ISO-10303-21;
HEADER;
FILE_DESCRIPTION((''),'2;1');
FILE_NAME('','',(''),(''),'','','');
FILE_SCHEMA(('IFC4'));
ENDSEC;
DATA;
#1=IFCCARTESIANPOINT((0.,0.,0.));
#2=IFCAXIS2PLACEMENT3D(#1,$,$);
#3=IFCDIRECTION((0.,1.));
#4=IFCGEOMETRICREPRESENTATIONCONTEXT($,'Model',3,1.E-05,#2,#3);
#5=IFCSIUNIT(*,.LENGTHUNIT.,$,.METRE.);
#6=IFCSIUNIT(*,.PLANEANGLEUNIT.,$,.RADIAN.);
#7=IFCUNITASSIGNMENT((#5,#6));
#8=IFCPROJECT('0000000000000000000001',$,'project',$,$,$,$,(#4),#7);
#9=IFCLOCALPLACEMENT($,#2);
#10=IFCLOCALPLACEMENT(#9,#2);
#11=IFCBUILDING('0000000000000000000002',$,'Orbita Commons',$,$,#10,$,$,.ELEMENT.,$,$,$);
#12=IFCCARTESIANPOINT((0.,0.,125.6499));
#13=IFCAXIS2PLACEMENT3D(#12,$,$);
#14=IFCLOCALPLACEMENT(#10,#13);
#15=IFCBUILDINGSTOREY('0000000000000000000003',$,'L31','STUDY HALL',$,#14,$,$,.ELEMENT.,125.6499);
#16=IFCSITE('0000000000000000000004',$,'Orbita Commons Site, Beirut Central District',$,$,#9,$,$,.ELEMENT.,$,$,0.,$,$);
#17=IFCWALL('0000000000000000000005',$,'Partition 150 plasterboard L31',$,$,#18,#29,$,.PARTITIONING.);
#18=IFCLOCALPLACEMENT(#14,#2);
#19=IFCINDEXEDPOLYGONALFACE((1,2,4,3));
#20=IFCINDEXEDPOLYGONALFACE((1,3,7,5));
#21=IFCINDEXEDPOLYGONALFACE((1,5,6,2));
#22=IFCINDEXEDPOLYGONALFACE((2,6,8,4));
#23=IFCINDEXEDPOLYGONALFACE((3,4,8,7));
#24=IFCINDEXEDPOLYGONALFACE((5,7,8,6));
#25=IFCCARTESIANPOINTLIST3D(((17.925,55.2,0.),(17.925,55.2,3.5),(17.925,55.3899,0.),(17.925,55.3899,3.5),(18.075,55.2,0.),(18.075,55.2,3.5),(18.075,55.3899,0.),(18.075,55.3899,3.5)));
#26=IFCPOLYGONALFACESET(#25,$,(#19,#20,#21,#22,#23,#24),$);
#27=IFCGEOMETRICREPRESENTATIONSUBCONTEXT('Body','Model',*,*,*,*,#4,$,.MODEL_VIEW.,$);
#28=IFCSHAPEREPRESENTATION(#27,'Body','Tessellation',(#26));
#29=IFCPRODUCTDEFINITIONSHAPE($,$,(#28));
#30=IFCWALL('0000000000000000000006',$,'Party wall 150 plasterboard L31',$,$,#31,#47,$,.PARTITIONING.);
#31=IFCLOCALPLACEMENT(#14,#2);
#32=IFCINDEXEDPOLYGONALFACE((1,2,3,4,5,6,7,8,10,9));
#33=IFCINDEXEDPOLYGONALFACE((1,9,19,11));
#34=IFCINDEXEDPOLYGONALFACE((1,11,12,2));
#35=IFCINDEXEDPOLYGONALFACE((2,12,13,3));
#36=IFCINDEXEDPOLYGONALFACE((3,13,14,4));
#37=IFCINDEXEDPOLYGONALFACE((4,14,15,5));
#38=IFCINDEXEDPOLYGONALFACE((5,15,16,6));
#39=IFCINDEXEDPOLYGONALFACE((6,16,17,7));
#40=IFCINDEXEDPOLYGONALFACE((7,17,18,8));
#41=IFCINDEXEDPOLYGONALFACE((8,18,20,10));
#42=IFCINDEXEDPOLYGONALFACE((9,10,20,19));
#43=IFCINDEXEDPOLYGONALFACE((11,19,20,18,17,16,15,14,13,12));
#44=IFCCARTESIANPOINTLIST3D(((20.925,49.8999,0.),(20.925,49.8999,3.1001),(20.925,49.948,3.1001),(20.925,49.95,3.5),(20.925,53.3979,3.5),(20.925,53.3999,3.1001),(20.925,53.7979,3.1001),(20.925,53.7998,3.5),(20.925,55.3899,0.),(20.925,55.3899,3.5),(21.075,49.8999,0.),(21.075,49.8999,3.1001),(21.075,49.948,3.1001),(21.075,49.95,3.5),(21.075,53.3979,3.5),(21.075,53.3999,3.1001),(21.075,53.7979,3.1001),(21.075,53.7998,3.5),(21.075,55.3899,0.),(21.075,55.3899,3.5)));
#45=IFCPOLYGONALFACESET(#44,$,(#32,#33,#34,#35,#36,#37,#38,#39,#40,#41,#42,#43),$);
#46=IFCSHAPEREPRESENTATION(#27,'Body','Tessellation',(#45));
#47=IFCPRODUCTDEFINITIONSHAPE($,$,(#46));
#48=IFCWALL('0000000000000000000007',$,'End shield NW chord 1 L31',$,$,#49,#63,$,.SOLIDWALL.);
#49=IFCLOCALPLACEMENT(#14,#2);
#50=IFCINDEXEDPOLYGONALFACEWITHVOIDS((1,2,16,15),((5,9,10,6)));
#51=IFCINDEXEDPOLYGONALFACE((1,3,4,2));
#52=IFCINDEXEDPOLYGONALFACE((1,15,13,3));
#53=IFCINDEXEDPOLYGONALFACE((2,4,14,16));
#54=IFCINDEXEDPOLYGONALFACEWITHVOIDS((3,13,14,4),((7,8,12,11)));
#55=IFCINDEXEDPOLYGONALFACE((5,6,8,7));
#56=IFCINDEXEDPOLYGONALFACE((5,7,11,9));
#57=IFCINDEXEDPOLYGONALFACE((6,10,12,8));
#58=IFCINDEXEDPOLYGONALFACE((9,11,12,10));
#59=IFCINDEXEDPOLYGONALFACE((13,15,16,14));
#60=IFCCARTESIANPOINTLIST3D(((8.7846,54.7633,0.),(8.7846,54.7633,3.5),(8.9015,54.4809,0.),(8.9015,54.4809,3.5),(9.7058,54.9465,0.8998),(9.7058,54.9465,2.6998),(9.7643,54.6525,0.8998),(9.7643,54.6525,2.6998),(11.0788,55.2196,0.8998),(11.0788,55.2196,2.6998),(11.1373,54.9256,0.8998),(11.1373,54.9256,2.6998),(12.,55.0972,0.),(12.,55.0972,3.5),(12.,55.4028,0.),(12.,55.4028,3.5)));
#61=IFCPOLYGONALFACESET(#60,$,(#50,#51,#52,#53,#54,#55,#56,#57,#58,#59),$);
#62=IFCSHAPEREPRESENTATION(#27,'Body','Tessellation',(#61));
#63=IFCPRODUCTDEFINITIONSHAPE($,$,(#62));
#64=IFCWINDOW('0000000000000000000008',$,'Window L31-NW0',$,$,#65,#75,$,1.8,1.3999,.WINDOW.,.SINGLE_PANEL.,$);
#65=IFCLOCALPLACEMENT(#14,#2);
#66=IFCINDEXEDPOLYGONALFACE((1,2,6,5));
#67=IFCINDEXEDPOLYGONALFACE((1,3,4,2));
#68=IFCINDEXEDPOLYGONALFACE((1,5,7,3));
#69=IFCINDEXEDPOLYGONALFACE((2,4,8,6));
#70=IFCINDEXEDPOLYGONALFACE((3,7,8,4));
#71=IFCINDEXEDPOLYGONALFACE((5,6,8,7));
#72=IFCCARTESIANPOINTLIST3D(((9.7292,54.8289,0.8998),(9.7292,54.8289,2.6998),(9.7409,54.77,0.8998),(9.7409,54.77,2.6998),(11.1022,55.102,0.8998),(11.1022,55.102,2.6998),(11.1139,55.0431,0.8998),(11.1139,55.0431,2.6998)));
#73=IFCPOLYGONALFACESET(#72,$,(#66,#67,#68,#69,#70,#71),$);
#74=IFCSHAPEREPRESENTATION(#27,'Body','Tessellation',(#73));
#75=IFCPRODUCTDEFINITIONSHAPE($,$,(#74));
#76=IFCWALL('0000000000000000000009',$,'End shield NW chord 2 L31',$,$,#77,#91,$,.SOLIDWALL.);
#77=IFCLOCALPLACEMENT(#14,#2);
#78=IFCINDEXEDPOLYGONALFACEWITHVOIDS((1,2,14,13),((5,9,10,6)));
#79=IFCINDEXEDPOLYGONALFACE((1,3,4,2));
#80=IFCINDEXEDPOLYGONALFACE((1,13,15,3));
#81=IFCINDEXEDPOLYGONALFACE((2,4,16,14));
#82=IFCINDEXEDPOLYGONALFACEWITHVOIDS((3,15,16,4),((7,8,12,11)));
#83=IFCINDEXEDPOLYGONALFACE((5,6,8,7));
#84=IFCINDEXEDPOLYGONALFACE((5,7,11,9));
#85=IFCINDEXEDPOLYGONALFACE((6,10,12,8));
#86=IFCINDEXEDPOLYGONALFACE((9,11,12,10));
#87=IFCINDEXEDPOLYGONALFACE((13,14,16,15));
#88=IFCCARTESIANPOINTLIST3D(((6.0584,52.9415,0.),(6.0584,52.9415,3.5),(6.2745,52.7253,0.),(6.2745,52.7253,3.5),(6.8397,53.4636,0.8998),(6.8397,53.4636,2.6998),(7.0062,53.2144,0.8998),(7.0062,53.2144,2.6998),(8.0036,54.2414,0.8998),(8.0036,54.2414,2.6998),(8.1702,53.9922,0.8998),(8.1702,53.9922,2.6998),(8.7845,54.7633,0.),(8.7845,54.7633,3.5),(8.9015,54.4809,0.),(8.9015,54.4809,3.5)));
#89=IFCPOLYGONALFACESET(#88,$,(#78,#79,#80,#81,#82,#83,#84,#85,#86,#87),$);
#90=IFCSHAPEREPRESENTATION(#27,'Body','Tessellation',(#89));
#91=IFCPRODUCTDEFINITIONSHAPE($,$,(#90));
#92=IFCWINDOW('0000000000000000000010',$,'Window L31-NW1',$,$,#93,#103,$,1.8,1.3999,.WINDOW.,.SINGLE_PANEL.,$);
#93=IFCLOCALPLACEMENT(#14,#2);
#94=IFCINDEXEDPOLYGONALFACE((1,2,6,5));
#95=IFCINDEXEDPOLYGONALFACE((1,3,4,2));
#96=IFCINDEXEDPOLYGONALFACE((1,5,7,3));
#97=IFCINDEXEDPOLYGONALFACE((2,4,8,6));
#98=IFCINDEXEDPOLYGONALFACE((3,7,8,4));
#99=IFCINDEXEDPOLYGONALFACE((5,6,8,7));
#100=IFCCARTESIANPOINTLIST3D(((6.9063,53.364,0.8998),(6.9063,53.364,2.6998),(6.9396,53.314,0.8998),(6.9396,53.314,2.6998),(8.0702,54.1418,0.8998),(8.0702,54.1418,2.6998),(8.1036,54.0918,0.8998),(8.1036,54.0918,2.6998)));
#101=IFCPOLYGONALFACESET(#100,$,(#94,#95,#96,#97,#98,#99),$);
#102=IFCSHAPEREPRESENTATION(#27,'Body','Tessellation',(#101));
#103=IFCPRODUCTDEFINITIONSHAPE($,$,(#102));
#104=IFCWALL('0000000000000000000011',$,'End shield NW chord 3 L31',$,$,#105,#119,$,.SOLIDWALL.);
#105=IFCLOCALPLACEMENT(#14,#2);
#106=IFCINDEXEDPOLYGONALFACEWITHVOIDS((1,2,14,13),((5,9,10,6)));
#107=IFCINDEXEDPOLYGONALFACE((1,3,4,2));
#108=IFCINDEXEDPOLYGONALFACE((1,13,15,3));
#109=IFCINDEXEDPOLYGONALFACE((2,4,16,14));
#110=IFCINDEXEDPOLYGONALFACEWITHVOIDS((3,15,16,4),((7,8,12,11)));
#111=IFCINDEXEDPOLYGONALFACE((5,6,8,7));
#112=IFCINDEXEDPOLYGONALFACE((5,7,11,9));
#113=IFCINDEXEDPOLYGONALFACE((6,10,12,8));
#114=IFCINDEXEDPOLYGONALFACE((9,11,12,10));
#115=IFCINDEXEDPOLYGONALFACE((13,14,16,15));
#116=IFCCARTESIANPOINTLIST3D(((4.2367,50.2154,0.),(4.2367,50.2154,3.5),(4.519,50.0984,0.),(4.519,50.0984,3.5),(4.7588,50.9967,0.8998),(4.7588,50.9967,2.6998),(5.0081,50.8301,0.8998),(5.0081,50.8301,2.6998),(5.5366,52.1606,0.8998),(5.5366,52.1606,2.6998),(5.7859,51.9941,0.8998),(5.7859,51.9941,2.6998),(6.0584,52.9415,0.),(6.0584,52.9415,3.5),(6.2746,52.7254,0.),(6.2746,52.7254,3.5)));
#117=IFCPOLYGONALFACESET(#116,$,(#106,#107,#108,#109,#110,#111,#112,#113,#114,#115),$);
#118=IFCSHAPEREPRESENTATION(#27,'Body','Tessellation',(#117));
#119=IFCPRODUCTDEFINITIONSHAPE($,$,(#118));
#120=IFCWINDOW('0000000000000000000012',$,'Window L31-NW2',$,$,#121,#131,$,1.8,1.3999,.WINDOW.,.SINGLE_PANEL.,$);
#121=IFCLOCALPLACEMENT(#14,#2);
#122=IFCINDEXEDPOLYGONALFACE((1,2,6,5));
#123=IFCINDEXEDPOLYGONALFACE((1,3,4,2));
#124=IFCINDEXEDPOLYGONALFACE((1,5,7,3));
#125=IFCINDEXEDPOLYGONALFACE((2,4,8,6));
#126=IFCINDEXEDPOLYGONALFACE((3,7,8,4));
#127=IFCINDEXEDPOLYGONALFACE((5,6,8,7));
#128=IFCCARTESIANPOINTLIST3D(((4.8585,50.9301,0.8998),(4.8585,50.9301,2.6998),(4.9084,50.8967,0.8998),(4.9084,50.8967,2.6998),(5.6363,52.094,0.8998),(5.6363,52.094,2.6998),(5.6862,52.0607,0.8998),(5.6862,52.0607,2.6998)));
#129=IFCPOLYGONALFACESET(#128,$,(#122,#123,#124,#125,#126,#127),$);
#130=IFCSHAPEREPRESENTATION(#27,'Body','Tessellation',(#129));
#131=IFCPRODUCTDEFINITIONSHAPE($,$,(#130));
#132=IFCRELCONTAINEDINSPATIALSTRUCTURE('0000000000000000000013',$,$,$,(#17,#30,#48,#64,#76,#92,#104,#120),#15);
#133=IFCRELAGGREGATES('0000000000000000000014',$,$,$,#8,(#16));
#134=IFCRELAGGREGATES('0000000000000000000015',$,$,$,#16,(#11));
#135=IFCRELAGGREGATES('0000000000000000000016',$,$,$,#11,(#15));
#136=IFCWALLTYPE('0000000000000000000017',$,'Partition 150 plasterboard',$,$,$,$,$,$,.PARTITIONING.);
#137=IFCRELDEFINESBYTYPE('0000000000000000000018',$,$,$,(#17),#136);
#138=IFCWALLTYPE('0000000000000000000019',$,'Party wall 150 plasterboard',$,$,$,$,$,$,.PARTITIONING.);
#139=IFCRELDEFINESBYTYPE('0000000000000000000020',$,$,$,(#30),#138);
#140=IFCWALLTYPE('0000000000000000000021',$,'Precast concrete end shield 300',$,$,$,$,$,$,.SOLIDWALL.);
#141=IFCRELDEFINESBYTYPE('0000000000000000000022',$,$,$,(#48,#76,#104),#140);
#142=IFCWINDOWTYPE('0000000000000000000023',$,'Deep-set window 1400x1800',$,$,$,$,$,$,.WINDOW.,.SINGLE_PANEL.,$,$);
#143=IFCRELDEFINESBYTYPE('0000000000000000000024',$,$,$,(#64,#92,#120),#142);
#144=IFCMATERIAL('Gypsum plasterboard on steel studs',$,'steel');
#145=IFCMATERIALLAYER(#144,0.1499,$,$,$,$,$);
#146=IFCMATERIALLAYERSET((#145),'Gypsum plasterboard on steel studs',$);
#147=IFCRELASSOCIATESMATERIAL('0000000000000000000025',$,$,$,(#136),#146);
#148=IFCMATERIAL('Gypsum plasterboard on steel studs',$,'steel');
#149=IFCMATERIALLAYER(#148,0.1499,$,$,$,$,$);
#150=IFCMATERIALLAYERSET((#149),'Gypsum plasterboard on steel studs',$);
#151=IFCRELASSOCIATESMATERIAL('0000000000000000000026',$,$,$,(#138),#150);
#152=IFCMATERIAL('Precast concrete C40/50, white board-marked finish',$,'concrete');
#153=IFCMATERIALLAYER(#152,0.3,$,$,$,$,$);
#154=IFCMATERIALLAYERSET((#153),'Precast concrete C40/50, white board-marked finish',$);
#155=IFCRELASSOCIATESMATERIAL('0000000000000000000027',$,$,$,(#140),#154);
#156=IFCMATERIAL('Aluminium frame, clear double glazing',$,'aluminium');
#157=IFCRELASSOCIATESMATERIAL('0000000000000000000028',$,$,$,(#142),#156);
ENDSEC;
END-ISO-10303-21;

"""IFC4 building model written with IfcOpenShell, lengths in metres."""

from ifc_helpers import new_model, si_unit, direction, frame, frame_2d, origin, place, context, subcontext, project, spatial, polyline, rectangle, outline, extrude, material, layer, layer_set, type_object, element, fill, save


model = new_model("IFC4")

# Units and contexts
model_context = context("Model", 3, precision=1e-05, world=origin(), true_north=direction((0.0, 1.0)))
body_context = subcontext(model_context, "Body", "Model", "MODEL_VIEW")
ifc_project = project(units=[si_unit("LENGTHUNIT", "METRE"), si_unit("PLANEANGLEUNIT", "RADIAN")], contexts=[model_context])

# Site, building, storey
site_placement = place(None, origin())
site = spatial("IfcSite", under=ifc_project, at=site_placement, Name="Orbita Commons Site, Beirut Central District", CompositionType="ELEMENT", RefElevation=0.0)
building_placement = place(site_placement, origin())
building = spatial("IfcBuilding", under=site, at=building_placement, Name="Orbita Commons", CompositionType="ELEMENT")
storey_placement = place(building_placement, frame((0.0, 0.0, 125.6499)))
storey = spatial("IfcBuildingStorey", under=building, at=storey_placement, Name="L31", Description="STUDY HALL", CompositionType="ELEMENT", Elevation=125.6499)

# Walls
ifc_material_1 = material(Name="Gypsum plasterboard on steel studs", Category="steel")
ifc_layer_1 = layer(ifc_material_1, 0.1499)
ifc_layer_set_1 = layer_set([ifc_layer_1], Name="Gypsum plasterboard on steel studs")
wall_type_1 = type_object("IfcWallType", Name="Partition 150 plasterboard", PredefinedType="PARTITIONING", material=ifc_layer_set_1)
wall_1_placement = place(storey_placement, frame((18.0, 55.2, 0.0), z_axis=(0.0, 0.0, 1.0), x_axis=(0.0, 1.0, 0.0)))
element("IfcWall", 1, at=wall_1_placement, inside=storey, type_object=wall_type_1, Name="Partition 150 plasterboard L31", PredefinedType="PARTITIONING", context=body_context, shape_type="SweptSolid", body=[
    extrude(rectangle(XDim=0.1899, YDim=0.1499, at=frame_2d((0.095, 0.0))), origin(), (0.0, 0.0, 1.0), 3.5),
])
ifc_material_2 = material(Name="Gypsum plasterboard on steel studs", Category="steel")
ifc_layer_2 = layer(ifc_material_2, 0.1499)
ifc_layer_set_2 = layer_set([ifc_layer_2], Name="Gypsum plasterboard on steel studs")
wall_type_2 = type_object("IfcWallType", Name="Party wall 150 plasterboard", PredefinedType="PARTITIONING", material=ifc_layer_set_2)
wall_2_placement = place(storey_placement, frame((21.0, 55.3899, 0.0), z_axis=(0.0, 0.0, 1.0), x_axis=(0.0, -1.0, 0.0)))
element("IfcWall", 2, at=wall_2_placement, inside=storey, type_object=wall_type_2, Name="Party wall 150 plasterboard L31", PredefinedType="PARTITIONING", context=body_context, shape_type="SweptSolid", body=[
    extrude(outline(polyline([(0.0, 0.0), (5.49, 0.0), (5.49, 3.1001), (5.4419, 3.1001), (5.4399, 3.5), (1.9919, 3.5), (1.99, 3.1001), (1.592, 3.1001), (1.5901, 3.5), (0.0, 3.5), (0.0, 0.0)])), frame((0.0, 0.075, 0.0), z_axis=(0.0, -1.0, 0.0), x_axis=(1.0, 0.0, 0.0)), (0.0, 0.0, 1.0), 0.1499),
])

# Walls, openings, windows
ifc_material_3 = material(Name="Precast concrete C40/50, white board-marked finish", Category="concrete")
ifc_layer_3 = layer(ifc_material_3, 0.3)
ifc_layer_set_3 = layer_set([ifc_layer_3], Name="Precast concrete C40/50, white board-marked finish")
wall_type_3 = type_object("IfcWallType", Name="Precast concrete end shield 300", PredefinedType="SOLIDWALL", material=ifc_layer_set_3)
wall_3_placement = place(storey_placement, frame((12.0, 55.25, 0.0), z_axis=(0.0, 0.0, 1.0), x_axis=(-0.980787, -0.19508, 0.0)))
wall_3 = element("IfcWall", 3, at=wall_3_placement, inside=storey, type_object=wall_type_3, Name="End shield NW chord 1 L31", PredefinedType="SOLIDWALL", context=body_context, shape_type="SweptSolid", body=[
    extrude(outline(polyline([(-0.0298, -0.1499), (3.2485, -0.1499), (3.189, 0.1499), (0.0298, 0.1499), (-0.0298, -0.1499)])), origin(), (0.0, 0.0, 1.0), 3.5),
])
opening_1_placement = place(wall_3_placement, frame((0.9094, 0.0, 0.8999)))
opening_1 = element("IfcOpeningElement", 4, at=opening_1_placement, cuts=wall_3, PredefinedType="OPENING", context=body_context, shape_type="SweptSolid", body=[
    extrude(rectangle(XDim=1.3999, YDim=1.8, at=frame_2d((0.7, 0.8999))), frame((0.0, 0.1599, 0.0), z_axis=(0.0, -1.0, 0.0), x_axis=(1.0, 0.0, 0.0)), (0.0, 0.0, 1.0), 0.3201),
])
ifc_material_4 = material(Name="Aluminium frame, clear double glazing", Category="aluminium")
window_type = type_object("IfcWindowType", Name="Deep-set window 1400x1800", PartitioningType="SINGLE_PANEL", PredefinedType="WINDOW", material=ifc_material_4)
window_1_placement = place(opening_1_placement, origin())
window_1 = element("IfcWindow", 5, at=window_1_placement, inside=storey, type_object=window_type, Name="Window L31-NW0", OverallHeight=1.8, OverallWidth=1.3999, PartitioningType="SINGLE_PANEL", PredefinedType="WINDOW", context=body_context, shape_type="SweptSolid", body=[
    extrude(rectangle(XDim=1.3999, YDim=1.8, at=frame_2d((0.7, 0.8999))), frame((0.0, 0.03, 0.0), z_axis=(0.0, -1.0, 0.0), x_axis=(1.0, 0.0, 0.0)), (0.0, 0.0, 1.0), 0.0601),
])
fill(opening_1, window_1)
wall_4_placement = place(storey_placement, frame((8.843, 54.6221, 0.0), z_axis=(0.0, 0.0, 1.0), x_axis=(-0.831443, -0.55561, 0.0)))
wall_4 = element("IfcWall", 6, at=wall_4_placement, inside=storey, type_object=wall_type_3, Name="End shield NW chord 2 L31", PredefinedType="SOLIDWALL", context=body_context, shape_type="SweptSolid", body=[
    extrude(outline(polyline([(-0.0298, -0.1499), (3.249, -0.1499), (3.1895, 0.1499), (0.0298, 0.1499), (-0.0298, -0.1499)])), origin(), (0.0, 0.0, 1.0), 3.5),
])
opening_2_placement = place(wall_4_placement, frame((0.9094, 0.0, 0.8999)))
opening_2 = element("IfcOpeningElement", 7, at=opening_2_placement, cuts=wall_4, PredefinedType="OPENING", context=body_context, shape_type="SweptSolid", body=[
    extrude(rectangle(XDim=1.3999, YDim=1.8, at=frame_2d((0.7, 0.8999))), frame((0.0, 0.1599, 0.0), z_axis=(0.0, -1.0, 0.0), x_axis=(1.0, 0.0, 0.0)), (0.0, 0.0, 1.0), 0.3201),
])
window_2_placement = place(opening_2_placement, origin())
window_2 = element("IfcWindow", 8, at=window_2_placement, inside=storey, type_object=window_type, Name="Window L31-NW1", OverallHeight=1.8, OverallWidth=1.3999, PartitioningType="SINGLE_PANEL", PredefinedType="WINDOW", context=body_context, shape_type="SweptSolid", body=[
    extrude(rectangle(XDim=1.3999, YDim=1.8, at=frame_2d((0.7, 0.8999))), frame((0.0, 0.03, 0.0), z_axis=(0.0, -1.0, 0.0), x_axis=(1.0, 0.0, 0.0)), (0.0, 0.0, 1.0), 0.0601),
])
fill(opening_2, window_2)
wall_5_placement = place(storey_placement, frame((6.1665, 52.8335, 0.0), z_axis=(0.0, 0.0, 1.0), x_axis=(-0.55561, -0.831443, 0.0)))
wall_5 = element("IfcWall", 9, at=wall_5_placement, inside=storey, type_object=wall_type_3, Name="End shield NW chord 3 L31", PredefinedType="SOLIDWALL", context=body_context, shape_type="SweptSolid", body=[
    extrude(outline(polyline([(-0.0298, -0.1499), (3.249, -0.1499), (3.1895, 0.1499), (0.0298, 0.1499), (-0.0298, -0.1499)])), origin(), (0.0, 0.0, 1.0), 3.5),
])
opening_3_placement = place(wall_5_placement, frame((0.9094, 0.0, 0.8999)))
opening_3 = element("IfcOpeningElement", 10, at=opening_3_placement, cuts=wall_5, PredefinedType="OPENING", context=body_context, shape_type="SweptSolid", body=[
    extrude(rectangle(XDim=1.3999, YDim=1.8, at=frame_2d((0.7, 0.8999))), frame((0.0, 0.1599, 0.0), z_axis=(0.0, -1.0, 0.0), x_axis=(1.0, 0.0, 0.0)), (0.0, 0.0, 1.0), 0.3201),
])
window_3_placement = place(opening_3_placement, origin())
window_3 = element("IfcWindow", 11, at=window_3_placement, inside=storey, type_object=window_type, Name="Window L31-NW2", OverallHeight=1.8, OverallWidth=1.3999, PartitioningType="SINGLE_PANEL", PredefinedType="WINDOW", context=body_context, shape_type="SweptSolid", body=[
    extrude(rectangle(XDim=1.3999, YDim=1.8, at=frame_2d((0.7, 0.8999))), frame((0.0, 0.03, 0.0), z_axis=(0.0, -1.0, 0.0), x_axis=(1.0, 0.0, 0.0)), (0.0, 0.0, 1.0), 0.0601),
])
fill(opening_3, window_3)

save(model, "model.ifc")
